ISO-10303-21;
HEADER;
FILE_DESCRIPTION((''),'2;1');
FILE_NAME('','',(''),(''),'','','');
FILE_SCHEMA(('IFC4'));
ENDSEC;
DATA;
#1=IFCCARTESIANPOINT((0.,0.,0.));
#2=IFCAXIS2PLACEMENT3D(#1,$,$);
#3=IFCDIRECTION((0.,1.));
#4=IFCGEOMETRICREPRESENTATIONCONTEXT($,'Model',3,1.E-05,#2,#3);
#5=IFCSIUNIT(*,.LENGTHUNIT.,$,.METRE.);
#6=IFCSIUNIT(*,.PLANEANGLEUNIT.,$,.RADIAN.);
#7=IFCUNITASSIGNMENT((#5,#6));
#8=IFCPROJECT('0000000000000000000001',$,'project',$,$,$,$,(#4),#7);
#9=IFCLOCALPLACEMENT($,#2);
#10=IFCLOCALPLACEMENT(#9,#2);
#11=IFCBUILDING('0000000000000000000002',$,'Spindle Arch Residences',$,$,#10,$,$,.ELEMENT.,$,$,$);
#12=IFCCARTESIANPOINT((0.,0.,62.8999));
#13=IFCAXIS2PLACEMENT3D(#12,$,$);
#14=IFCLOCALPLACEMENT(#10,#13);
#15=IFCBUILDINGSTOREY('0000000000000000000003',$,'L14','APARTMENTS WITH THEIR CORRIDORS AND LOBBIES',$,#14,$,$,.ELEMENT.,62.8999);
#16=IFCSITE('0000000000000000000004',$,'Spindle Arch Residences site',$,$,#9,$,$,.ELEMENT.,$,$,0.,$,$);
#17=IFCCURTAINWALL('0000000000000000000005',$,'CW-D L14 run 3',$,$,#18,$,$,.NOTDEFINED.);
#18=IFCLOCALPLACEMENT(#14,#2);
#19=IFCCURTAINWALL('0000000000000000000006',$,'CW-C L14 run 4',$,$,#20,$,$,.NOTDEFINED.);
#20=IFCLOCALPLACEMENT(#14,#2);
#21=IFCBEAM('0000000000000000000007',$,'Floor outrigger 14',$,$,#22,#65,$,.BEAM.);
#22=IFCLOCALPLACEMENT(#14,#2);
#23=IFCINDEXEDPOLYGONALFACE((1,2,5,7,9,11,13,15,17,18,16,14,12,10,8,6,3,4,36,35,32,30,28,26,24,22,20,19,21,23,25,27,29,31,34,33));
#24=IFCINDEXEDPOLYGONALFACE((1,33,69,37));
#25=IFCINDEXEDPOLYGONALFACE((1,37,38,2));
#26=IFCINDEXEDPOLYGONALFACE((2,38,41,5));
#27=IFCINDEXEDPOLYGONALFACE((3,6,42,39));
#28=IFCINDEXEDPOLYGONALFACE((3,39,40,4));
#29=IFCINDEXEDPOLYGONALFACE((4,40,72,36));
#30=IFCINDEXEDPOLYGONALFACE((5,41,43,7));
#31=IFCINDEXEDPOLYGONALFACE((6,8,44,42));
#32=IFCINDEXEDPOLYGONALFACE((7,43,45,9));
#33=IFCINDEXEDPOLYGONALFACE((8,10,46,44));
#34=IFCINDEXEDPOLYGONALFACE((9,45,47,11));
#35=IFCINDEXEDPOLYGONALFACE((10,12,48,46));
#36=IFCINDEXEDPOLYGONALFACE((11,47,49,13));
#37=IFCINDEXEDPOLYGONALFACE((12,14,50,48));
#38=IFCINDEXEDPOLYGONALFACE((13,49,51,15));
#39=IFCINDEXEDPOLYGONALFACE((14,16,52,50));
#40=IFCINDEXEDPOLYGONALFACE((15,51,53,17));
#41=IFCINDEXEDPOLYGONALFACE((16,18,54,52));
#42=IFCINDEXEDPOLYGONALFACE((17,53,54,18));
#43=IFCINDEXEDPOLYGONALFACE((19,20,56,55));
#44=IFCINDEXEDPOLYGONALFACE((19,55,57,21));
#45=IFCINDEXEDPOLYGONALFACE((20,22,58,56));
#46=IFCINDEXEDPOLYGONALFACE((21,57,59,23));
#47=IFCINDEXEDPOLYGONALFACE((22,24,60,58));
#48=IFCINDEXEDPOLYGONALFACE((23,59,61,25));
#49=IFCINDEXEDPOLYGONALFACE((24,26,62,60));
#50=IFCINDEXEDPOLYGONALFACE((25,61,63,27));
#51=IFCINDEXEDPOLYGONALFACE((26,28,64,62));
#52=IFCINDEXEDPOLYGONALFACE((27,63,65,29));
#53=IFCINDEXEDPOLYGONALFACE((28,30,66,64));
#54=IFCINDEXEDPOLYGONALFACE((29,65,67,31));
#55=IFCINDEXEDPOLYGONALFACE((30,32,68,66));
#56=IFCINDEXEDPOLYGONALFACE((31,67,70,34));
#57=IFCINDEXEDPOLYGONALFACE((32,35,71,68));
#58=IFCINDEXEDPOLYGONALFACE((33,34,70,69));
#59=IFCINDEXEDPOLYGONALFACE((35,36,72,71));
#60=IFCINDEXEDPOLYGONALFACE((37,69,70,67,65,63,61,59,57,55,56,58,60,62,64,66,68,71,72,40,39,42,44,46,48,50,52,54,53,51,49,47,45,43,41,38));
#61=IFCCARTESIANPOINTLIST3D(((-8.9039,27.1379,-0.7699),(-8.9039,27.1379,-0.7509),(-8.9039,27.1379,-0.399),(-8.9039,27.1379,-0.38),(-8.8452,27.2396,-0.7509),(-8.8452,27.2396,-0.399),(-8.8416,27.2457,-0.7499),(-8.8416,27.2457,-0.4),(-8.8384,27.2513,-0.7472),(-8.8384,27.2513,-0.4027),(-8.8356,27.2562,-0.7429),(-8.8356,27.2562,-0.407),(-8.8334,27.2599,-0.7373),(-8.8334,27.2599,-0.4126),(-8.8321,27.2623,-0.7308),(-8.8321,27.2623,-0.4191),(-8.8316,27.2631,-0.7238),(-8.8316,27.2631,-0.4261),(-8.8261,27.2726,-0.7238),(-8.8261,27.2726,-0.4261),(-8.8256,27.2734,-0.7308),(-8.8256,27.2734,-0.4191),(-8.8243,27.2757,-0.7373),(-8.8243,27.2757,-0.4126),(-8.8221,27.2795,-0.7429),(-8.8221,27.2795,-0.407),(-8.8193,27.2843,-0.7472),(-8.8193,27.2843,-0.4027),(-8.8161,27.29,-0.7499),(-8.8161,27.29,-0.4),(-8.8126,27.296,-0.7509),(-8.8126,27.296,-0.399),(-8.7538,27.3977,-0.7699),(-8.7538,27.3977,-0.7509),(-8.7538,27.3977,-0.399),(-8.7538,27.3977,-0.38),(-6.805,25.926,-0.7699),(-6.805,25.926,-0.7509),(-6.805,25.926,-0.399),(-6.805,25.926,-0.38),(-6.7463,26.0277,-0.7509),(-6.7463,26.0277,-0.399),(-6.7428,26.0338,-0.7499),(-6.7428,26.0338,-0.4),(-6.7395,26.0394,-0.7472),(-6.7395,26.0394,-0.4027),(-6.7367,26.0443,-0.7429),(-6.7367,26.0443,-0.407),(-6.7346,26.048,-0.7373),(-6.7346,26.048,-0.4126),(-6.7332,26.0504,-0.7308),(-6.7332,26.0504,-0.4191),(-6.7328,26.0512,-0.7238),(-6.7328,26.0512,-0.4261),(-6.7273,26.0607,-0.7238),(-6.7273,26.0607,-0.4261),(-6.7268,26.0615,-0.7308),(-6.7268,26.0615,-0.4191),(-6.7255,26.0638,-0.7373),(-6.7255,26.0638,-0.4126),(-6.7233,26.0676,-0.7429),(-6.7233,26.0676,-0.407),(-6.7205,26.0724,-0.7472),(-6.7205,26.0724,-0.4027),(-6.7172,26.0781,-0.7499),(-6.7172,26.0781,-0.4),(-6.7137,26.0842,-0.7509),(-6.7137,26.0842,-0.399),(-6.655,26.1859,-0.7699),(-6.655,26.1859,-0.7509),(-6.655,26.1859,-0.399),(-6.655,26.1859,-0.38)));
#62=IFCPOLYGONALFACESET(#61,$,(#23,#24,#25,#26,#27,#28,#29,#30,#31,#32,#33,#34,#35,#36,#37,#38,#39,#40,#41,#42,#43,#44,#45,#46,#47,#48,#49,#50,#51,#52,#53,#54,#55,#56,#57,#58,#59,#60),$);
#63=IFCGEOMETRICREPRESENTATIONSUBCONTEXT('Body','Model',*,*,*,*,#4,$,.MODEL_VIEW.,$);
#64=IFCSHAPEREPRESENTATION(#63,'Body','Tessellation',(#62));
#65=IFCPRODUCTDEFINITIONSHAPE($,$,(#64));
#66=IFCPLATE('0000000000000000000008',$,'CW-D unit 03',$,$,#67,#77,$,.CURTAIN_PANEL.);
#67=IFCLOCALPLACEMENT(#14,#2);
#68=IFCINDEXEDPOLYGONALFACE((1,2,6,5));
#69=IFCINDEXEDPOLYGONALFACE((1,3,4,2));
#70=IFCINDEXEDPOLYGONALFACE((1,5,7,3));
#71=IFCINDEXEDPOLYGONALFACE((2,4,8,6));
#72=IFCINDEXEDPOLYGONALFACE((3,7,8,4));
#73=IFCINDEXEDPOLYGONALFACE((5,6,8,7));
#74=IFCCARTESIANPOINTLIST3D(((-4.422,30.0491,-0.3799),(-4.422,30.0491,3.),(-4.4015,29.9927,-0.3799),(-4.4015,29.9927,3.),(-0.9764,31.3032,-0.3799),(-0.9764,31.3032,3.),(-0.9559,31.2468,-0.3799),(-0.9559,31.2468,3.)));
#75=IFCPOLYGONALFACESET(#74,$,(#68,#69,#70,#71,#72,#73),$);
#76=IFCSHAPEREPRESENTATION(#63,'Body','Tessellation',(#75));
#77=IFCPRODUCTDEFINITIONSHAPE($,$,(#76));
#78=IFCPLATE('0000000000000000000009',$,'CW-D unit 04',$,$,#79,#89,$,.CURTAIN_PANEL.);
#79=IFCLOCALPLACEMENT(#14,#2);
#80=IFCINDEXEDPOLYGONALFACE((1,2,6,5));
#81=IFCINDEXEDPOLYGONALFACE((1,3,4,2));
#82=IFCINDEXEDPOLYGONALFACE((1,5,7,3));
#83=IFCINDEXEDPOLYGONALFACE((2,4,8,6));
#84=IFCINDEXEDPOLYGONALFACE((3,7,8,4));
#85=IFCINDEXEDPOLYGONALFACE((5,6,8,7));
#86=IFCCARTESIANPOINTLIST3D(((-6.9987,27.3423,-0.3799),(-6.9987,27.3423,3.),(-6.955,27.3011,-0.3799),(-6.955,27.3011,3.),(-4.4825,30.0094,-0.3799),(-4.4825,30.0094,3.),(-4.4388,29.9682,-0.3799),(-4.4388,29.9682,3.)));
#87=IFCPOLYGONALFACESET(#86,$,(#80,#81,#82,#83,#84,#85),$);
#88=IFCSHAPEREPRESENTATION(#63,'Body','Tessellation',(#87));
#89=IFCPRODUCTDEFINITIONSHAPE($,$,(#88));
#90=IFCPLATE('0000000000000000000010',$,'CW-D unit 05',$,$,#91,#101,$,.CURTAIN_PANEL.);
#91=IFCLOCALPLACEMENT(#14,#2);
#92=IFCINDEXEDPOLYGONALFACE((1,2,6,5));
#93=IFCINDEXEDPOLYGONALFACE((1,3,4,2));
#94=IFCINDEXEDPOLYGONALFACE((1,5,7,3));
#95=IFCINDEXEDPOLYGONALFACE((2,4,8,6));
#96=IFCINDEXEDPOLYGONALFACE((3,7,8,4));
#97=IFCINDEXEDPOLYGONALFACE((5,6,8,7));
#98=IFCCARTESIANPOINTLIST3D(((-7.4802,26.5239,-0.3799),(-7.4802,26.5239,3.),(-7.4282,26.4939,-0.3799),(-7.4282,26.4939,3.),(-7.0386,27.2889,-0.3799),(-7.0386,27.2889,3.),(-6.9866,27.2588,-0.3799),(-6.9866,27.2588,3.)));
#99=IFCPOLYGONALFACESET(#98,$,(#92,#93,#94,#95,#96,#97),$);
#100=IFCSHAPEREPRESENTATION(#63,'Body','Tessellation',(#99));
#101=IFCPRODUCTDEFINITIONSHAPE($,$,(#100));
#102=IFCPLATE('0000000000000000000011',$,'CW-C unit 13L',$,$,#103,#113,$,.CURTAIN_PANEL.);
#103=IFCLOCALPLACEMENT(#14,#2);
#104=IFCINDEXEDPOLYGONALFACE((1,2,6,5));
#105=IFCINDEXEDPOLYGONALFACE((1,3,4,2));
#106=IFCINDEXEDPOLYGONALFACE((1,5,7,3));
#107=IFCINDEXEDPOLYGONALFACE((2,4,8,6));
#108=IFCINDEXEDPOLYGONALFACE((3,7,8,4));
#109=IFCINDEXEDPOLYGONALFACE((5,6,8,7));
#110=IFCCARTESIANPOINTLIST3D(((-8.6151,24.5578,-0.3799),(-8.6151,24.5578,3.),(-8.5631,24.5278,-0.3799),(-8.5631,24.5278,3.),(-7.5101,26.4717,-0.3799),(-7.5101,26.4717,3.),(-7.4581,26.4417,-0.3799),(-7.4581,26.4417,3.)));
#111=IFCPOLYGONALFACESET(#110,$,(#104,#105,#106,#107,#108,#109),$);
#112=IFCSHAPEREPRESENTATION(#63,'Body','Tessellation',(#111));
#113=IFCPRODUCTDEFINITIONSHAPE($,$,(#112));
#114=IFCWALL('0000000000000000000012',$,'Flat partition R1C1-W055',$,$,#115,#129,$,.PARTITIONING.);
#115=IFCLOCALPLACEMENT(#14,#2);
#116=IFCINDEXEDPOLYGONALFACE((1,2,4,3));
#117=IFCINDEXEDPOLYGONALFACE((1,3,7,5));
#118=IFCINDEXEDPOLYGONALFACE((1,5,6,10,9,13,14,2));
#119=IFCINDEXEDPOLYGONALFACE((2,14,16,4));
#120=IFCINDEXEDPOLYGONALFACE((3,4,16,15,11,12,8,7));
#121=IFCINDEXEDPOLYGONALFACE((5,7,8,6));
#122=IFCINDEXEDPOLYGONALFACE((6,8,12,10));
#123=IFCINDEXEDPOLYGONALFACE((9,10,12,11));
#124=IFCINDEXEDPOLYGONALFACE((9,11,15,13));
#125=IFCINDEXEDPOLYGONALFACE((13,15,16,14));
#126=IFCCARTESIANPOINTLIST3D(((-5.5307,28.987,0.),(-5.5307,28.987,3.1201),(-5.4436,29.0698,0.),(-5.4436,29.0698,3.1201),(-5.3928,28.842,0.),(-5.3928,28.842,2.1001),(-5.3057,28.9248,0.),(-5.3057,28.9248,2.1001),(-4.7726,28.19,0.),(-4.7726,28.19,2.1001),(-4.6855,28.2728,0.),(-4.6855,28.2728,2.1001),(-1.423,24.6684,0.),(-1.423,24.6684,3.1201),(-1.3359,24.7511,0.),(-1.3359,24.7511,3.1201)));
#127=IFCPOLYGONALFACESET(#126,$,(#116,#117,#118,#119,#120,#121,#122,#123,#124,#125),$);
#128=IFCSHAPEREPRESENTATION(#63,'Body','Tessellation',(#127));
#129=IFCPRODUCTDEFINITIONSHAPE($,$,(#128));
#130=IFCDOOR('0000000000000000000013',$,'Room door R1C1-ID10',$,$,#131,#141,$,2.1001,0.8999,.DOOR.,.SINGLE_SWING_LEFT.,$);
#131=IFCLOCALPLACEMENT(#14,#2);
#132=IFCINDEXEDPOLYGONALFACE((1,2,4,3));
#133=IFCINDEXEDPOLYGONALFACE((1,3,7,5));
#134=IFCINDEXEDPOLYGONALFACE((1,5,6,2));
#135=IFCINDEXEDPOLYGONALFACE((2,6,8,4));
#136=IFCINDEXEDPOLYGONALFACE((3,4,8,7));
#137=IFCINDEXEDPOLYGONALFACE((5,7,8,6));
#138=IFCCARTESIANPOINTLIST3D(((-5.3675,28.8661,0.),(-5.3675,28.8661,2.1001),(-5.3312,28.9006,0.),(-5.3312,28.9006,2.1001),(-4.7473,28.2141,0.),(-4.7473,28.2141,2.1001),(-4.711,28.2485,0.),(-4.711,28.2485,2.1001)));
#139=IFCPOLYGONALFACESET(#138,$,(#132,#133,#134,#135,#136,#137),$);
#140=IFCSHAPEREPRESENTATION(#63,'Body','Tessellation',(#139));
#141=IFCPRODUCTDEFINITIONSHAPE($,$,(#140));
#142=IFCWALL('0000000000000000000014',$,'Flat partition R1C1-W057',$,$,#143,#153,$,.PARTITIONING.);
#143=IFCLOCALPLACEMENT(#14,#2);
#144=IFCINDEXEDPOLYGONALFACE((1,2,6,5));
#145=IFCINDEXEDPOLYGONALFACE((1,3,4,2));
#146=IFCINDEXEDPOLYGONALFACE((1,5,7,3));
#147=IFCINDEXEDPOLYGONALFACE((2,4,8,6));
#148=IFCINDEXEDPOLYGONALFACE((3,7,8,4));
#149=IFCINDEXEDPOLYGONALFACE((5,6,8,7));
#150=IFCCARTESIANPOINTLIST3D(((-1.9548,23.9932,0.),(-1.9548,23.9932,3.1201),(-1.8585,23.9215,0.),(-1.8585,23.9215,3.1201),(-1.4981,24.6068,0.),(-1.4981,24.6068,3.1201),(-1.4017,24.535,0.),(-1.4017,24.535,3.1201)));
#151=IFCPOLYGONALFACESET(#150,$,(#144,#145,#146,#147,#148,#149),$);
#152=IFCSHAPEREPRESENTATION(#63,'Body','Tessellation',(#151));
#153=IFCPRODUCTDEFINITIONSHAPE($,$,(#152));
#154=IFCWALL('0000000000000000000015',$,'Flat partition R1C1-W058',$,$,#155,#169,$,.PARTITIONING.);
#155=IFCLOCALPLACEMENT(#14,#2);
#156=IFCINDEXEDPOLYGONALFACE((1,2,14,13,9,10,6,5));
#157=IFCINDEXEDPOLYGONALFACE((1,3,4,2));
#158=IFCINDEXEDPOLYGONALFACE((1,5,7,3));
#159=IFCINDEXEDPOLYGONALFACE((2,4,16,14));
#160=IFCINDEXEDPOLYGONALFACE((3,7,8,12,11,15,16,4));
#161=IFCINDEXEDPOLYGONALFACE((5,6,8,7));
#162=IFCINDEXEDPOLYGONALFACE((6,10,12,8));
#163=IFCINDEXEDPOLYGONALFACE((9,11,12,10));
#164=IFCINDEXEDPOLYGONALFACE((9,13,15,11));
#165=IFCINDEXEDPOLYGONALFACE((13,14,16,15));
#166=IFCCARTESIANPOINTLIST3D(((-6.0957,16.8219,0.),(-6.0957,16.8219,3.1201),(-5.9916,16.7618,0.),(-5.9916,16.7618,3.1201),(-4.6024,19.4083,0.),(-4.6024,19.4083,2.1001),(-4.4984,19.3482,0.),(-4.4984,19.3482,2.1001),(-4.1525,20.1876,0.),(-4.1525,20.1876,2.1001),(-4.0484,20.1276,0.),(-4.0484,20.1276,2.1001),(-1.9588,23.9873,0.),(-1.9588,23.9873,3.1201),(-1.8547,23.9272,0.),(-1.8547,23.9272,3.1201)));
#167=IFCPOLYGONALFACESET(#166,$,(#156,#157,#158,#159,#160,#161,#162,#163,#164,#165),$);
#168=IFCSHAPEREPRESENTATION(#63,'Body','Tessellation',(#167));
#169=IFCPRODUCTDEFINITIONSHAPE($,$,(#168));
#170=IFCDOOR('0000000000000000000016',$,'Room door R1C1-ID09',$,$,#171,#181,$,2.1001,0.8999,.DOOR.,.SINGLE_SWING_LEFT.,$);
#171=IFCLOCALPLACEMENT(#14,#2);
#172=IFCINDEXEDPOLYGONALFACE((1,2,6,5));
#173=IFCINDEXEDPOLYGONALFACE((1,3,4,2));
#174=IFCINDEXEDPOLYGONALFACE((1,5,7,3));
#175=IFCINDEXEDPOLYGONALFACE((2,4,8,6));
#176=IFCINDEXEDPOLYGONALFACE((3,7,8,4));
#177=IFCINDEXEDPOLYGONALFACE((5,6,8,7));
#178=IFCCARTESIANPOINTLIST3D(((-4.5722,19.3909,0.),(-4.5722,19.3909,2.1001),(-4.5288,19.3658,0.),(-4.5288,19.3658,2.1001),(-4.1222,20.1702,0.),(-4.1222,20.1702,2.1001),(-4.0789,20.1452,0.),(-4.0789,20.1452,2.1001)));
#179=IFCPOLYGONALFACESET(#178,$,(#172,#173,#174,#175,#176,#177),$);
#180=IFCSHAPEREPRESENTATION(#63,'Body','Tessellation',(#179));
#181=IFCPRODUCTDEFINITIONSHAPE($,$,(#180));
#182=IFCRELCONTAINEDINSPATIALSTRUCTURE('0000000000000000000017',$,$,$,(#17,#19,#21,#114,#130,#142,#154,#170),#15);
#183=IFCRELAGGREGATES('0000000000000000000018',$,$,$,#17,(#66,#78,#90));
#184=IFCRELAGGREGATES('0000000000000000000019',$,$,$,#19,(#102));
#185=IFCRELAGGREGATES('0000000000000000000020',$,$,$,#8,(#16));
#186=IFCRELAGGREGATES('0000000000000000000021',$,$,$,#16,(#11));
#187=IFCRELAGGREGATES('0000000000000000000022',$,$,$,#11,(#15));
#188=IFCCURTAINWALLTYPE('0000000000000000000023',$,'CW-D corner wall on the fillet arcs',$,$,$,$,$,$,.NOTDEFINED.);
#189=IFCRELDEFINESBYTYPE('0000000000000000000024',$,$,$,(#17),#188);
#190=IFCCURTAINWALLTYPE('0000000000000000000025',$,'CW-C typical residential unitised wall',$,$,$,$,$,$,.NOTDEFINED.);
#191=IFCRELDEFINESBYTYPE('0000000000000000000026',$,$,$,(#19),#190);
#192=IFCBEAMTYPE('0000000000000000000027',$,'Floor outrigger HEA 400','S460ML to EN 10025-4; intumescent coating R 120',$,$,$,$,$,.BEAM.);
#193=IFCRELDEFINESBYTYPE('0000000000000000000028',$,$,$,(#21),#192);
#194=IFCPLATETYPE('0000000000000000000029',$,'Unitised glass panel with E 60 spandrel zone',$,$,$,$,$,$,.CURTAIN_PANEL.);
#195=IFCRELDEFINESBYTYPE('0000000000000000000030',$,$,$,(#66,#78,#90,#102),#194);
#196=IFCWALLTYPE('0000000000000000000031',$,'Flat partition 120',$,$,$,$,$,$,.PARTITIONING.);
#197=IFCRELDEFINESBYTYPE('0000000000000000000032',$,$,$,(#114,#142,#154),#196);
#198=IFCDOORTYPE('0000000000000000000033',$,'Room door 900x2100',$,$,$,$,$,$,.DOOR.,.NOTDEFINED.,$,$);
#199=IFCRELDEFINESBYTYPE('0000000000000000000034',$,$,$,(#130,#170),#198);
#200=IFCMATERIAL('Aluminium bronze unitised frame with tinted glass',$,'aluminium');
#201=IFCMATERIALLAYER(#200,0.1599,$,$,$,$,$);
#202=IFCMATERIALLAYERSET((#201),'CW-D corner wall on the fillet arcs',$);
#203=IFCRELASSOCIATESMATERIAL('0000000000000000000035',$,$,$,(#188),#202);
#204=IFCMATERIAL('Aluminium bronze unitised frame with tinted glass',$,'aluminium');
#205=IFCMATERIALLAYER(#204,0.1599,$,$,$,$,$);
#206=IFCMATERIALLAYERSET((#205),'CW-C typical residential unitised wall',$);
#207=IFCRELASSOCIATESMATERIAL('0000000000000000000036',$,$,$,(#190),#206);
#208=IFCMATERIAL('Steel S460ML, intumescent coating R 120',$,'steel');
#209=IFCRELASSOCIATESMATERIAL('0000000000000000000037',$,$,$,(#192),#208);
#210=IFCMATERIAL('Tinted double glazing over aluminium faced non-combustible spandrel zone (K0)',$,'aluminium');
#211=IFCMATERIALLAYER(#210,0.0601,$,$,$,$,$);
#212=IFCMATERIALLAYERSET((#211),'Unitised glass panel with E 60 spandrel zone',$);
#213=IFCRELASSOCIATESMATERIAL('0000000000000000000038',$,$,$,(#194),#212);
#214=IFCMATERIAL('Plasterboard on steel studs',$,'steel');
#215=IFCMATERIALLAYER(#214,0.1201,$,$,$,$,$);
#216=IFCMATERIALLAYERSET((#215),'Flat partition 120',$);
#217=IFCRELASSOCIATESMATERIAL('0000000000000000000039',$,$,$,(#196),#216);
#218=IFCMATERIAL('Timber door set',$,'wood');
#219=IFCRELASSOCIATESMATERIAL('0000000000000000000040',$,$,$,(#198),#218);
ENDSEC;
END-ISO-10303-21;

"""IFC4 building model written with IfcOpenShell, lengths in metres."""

from ifc_helpers import new_model, si_unit, direction, frame, frame_2d, origin, origin_2d, place, context, subcontext, project, spatial, rectangle, i_section, extrude, material, layer, layer_set, material_profile, profile_set, type_object, element, fill, aggregate, save


model = new_model("IFC4")

# Units and contexts
model_context = context("Model", 3, precision=1e-05, world=origin(), true_north=direction((0.0, 1.0)))
body_context = subcontext(model_context, "Body", "Model", "MODEL_VIEW")
ifc_project = project(units=[si_unit("LENGTHUNIT", "METRE"), si_unit("PLANEANGLEUNIT", "RADIAN")], contexts=[model_context])

# Site, building, storey
site_placement = place(None, origin())
site = spatial("IfcSite", under=ifc_project, at=site_placement, Name="Spindle Arch Residences site", CompositionType="ELEMENT", RefElevation=0.0)
building_placement = place(site_placement, origin())
building = spatial("IfcBuilding", under=site, at=building_placement, Name="Spindle Arch Residences", CompositionType="ELEMENT")
storey_placement = place(building_placement, frame((0.0, 0.0, 62.8999)))
storey = spatial("IfcBuildingStorey", under=building, at=storey_placement, Name="L14", Description="APARTMENTS WITH THEIR CORRIDORS AND LOBBIES", CompositionType="ELEMENT", Elevation=62.8999)

# Curtain wall
ifc_material_1 = material(Name="Aluminium bronze unitised frame with tinted glass", Category="aluminium")
ifc_layer_1 = layer(ifc_material_1, 0.1599)
ifc_layer_set_1 = layer_set([ifc_layer_1], Name="CW-D corner wall on the fillet arcs")
curtain_wall_type_1 = type_object("IfcCurtainWallType", Name="CW-D corner wall on the fillet arcs", PredefinedType="NOTDEFINED", material=ifc_layer_set_1)
curtain_wall_1_placement = place(storey_placement, origin())
curtain_wall_1 = element("IfcCurtainWall", 1, at=curtain_wall_1_placement, inside=storey, type_object=curtain_wall_type_1, Name="CW-D L14 run 3", PredefinedType="NOTDEFINED")

# Curtain wall
ifc_material_2 = material(Name="Aluminium bronze unitised frame with tinted glass", Category="aluminium")
ifc_layer_2 = layer(ifc_material_2, 0.1599)
ifc_layer_set_2 = layer_set([ifc_layer_2], Name="CW-C typical residential unitised wall")
curtain_wall_type_2 = type_object("IfcCurtainWallType", Name="CW-C typical residential unitised wall", PredefinedType="NOTDEFINED", material=ifc_layer_set_2)
curtain_wall_2_placement = place(storey_placement, origin())
curtain_wall_2 = element("IfcCurtainWall", 2, at=curtain_wall_2_placement, inside=storey, type_object=curtain_wall_type_2, Name="CW-C L14 run 4", PredefinedType="NOTDEFINED")

# Beam
ifc_material_3 = material(Name="Steel S460ML, intumescent coating R 120", Category="steel")
ifc_material_profile_1 = material_profile(ifc_material_3, i_section(OverallWidth=0.3, OverallDepth=0.3899, WebThickness=0.011, FlangeThickness=0.019, FilletRadius=0.0271, at=origin_2d()), Name="HEA 400")
ifc_profile_set_1 = profile_set([ifc_material_profile_1], Name="Steel S460ML, intumescent coating R 120")
beam_type_1 = type_object("IfcBeamType", Name="Floor outrigger HEA 400", Description="S460ML to EN 10025-4; intumescent coating R 120", PredefinedType="BEAM", material=ifc_profile_set_1)
beam_1_placement = place(storey_placement, frame((-8.8289, 27.2678, -0.575), z_axis=(0.866003, -0.500039, 0.0), x_axis=(0.500039, 0.866003, 0.0)))
element("IfcBeam", 3, at=beam_1_placement, inside=storey, type_object=beam_type_1, Name="Floor outrigger 14", PredefinedType="BEAM", context=body_context, shape_type="SweptSolid", body=[
    extrude(i_section(OverallWidth=0.3, OverallDepth=0.3899, WebThickness=0.011, FlangeThickness=0.019, FilletRadius=0.0271, at=origin_2d()), origin(), (0.0, 0.0, 1.0), 2.4236),
])

# Plates
ifc_material_4 = material(Name="Tinted double glazing over aluminium faced non-combustible spandrel zone (K0)", Category="aluminium")
ifc_layer_3 = layer(ifc_material_4, 0.0601)
ifc_layer_set_3 = layer_set([ifc_layer_3], Name="Unitised glass panel with E 60 spandrel zone")
plate_type = type_object("IfcPlateType", Name="Unitised glass panel with E 60 spandrel zone", PredefinedType="CURTAIN_PANEL", material=ifc_layer_set_3)
plate_1_placement = place(storey_placement, frame((-2.689, 30.6479, -0.3799), z_axis=(0.0, 0.0, 1.0), x_axis=(-0.939693, -0.34202, 0.0)))
plate_1 = element("IfcPlate", 4, at=plate_1_placement, type_object=plate_type, Name="CW-D unit 03", PredefinedType="CURTAIN_PANEL", context=body_context, shape_type="SweptSolid", body=[
    extrude(rectangle(XDim=3.6667, YDim=0.0601, at=origin_2d()), origin(), (0.0, 0.0, 1.0), 3.3799),
])
plate_2_placement = place(storey_placement, frame((-5.7188, 28.6553, -0.3799), z_axis=(0.0, 0.0, 1.0), x_axis=(-0.686242, -0.727374, 0.0)))
plate_2 = element("IfcPlate", 5, at=plate_2_placement, type_object=plate_type, Name="CW-D unit 04", PredefinedType="CURTAIN_PANEL", context=body_context, shape_type="SweptSolid", body=[
    extrude(rectangle(XDim=3.6667, YDim=0.0601, at=origin_2d()), origin(), (0.0, 0.0, 1.0), 3.3799),
])
plate_3_placement = place(storey_placement, frame((-7.2334, 26.8914, -0.3799), z_axis=(0.0, 0.0, 1.0), x_axis=(-0.5, -0.866025, 0.0)))
plate_3 = element("IfcPlate", 6, at=plate_3_placement, type_object=plate_type, Name="CW-D unit 05", PredefinedType="CURTAIN_PANEL", context=body_context, shape_type="SweptSolid", body=[
    extrude(rectangle(XDim=0.8833, YDim=0.0601, at=origin_2d()), origin(), (0.0, 0.0, 1.0), 3.3799),
])
aggregate(curtain_wall_1, [plate_1, plate_2, plate_3])
plate_4_placement = place(storey_placement, frame((-8.0366, 25.4998, -0.3799), z_axis=(0.0, 0.0, 1.0), x_axis=(-0.5, -0.866025, 0.0)))
plate_4 = element("IfcPlate", 7, at=plate_4_placement, type_object=plate_type, Name="CW-C unit 13L", PredefinedType="CURTAIN_PANEL", context=body_context, shape_type="SweptSolid", body=[
    extrude(rectangle(XDim=2.21, YDim=0.0601, at=origin_2d()), origin(), (0.0, 0.0, 1.0), 3.3799),
])
aggregate(curtain_wall_2, [plate_4])

# Wall, opening, door
ifc_material_5 = material(Name="Plasterboard on steel studs", Category="steel")
ifc_layer_4 = layer(ifc_material_5, 0.1201)
ifc_layer_set_4 = layer_set([ifc_layer_4], Name="Flat partition 120")
wall_type_1 = type_object("IfcWallType", Name="Flat partition 120", PredefinedType="PARTITIONING", material=ifc_layer_set_4)
wall_1_placement = place(storey_placement, frame((-5.4871, 29.0283, 0.0), z_axis=(0.0, 0.0, 1.0), x_axis=(0.68919, -0.724581, 0.0)))
wall_1 = element("IfcWall", 8, at=wall_1_placement, inside=storey, type_object=wall_type_1, Name="Flat partition R1C1-W055", PredefinedType="PARTITIONING", context=body_context, shape_type="SweptSolid", body=[
    extrude(rectangle(XDim=5.9602, YDim=0.1201, at=frame_2d((2.98, 0.0))), origin(), (0.0, 0.0, 1.0), 3.1201),
])
opening_1_placement = place(wall_1_placement, frame((0.2, 0.0, 0.0)))
opening_1 = element("IfcOpeningElement", 9, at=opening_1_placement, cuts=wall_1, PredefinedType="OPENING", context=body_context, shape_type="SweptSolid", body=[
    extrude(rectangle(XDim=0.8999, YDim=2.1001, at=frame_2d((0.45, 1.05))), frame((0.0, 0.0701, 0.0), z_axis=(0.0, -1.0, 0.0), x_axis=(1.0, 0.0, 0.0)), (0.0, 0.0, 1.0), 0.1401),
])
ifc_material_6 = material(Name="Timber door set", Category="wood")
door_type_1 = type_object("IfcDoorType", Name="Room door 900x2100", OperationType="NOTDEFINED", PredefinedType="DOOR", material=ifc_material_6)
door_1_placement = place(opening_1_placement, origin())
door_1 = element("IfcDoor", 10, at=door_1_placement, inside=storey, type_object=door_type_1, Name="Room door R1C1-ID10", OperationType="SINGLE_SWING_LEFT", OverallHeight=2.1001, OverallWidth=0.8999, PredefinedType="DOOR", context=body_context, shape_type="SweptSolid", body=[
    extrude(rectangle(XDim=0.8999, YDim=2.1001, at=frame_2d((0.45, 1.05))), frame((0.0, 0.0249, 0.0), z_axis=(0.0, -1.0, 0.0), x_axis=(1.0, 0.0, 0.0)), (0.0, 0.0, 1.0), 0.05),
])
fill(opening_1, door_1)

# Wall
wall_2_placement = place(storey_placement, frame((-1.45, 24.5708, 0.0), z_axis=(0.0, 0.0, 1.0), x_axis=(-0.597188, -0.802102, 0.0)))
element("IfcWall", 11, at=wall_2_placement, inside=storey, type_object=wall_type_1, Name="Flat partition R1C1-W057", PredefinedType="PARTITIONING", context=body_context, shape_type="SweptSolid", body=[
    extrude(rectangle(XDim=0.7649, YDim=0.1201, at=frame_2d((0.3823, 0.0))), origin(), (0.0, 0.0, 1.0), 3.1201),
])

# Wall, opening, door
wall_3_placement = place(storey_placement, frame((-1.9067, 23.9573, 0.0), z_axis=(0.0, 0.0, 1.0), x_axis=(-0.499995, -0.866028, 0.0)))
wall_3 = element("IfcWall", 12, at=wall_3_placement, inside=storey, type_object=wall_type_1, Name="Flat partition R1C1-W058", PredefinedType="PARTITIONING", context=body_context, shape_type="SweptSolid", body=[
    extrude(rectangle(XDim=8.2739, YDim=0.1201, at=frame_2d((4.137, 0.0))), origin(), (0.0, 0.0, 1.0), 3.1201),
])
opening_2_placement = place(wall_3_placement, frame((4.3875, 0.0, 0.0)))
opening_2 = element("IfcOpeningElement", 13, at=opening_2_placement, cuts=wall_3, PredefinedType="OPENING", context=body_context, shape_type="SweptSolid", body=[
    extrude(rectangle(XDim=0.8999, YDim=2.1001, at=frame_2d((0.45, 1.05))), frame((0.0, 0.0701, 0.0), z_axis=(0.0, -1.0, 0.0), x_axis=(1.0, 0.0, 0.0)), (0.0, 0.0, 1.0), 0.1401),
])
door_2_placement = place(opening_2_placement, origin())
door_2 = element("IfcDoor", 14, at=door_2_placement, inside=storey, type_object=door_type_1, Name="Room door R1C1-ID09", OperationType="SINGLE_SWING_LEFT", OverallHeight=2.1001, OverallWidth=0.8999, PredefinedType="DOOR", context=body_context, shape_type="SweptSolid", body=[
    extrude(rectangle(XDim=0.8999, YDim=2.1001, at=frame_2d((0.45, 1.05))), frame((0.0, 0.0249, 0.0), z_axis=(0.0, -1.0, 0.0), x_axis=(1.0, 0.0, 0.0)), (0.0, 0.0, 1.0), 0.05),
])
fill(opening_2, door_2)

save(model, "model.ifc")
